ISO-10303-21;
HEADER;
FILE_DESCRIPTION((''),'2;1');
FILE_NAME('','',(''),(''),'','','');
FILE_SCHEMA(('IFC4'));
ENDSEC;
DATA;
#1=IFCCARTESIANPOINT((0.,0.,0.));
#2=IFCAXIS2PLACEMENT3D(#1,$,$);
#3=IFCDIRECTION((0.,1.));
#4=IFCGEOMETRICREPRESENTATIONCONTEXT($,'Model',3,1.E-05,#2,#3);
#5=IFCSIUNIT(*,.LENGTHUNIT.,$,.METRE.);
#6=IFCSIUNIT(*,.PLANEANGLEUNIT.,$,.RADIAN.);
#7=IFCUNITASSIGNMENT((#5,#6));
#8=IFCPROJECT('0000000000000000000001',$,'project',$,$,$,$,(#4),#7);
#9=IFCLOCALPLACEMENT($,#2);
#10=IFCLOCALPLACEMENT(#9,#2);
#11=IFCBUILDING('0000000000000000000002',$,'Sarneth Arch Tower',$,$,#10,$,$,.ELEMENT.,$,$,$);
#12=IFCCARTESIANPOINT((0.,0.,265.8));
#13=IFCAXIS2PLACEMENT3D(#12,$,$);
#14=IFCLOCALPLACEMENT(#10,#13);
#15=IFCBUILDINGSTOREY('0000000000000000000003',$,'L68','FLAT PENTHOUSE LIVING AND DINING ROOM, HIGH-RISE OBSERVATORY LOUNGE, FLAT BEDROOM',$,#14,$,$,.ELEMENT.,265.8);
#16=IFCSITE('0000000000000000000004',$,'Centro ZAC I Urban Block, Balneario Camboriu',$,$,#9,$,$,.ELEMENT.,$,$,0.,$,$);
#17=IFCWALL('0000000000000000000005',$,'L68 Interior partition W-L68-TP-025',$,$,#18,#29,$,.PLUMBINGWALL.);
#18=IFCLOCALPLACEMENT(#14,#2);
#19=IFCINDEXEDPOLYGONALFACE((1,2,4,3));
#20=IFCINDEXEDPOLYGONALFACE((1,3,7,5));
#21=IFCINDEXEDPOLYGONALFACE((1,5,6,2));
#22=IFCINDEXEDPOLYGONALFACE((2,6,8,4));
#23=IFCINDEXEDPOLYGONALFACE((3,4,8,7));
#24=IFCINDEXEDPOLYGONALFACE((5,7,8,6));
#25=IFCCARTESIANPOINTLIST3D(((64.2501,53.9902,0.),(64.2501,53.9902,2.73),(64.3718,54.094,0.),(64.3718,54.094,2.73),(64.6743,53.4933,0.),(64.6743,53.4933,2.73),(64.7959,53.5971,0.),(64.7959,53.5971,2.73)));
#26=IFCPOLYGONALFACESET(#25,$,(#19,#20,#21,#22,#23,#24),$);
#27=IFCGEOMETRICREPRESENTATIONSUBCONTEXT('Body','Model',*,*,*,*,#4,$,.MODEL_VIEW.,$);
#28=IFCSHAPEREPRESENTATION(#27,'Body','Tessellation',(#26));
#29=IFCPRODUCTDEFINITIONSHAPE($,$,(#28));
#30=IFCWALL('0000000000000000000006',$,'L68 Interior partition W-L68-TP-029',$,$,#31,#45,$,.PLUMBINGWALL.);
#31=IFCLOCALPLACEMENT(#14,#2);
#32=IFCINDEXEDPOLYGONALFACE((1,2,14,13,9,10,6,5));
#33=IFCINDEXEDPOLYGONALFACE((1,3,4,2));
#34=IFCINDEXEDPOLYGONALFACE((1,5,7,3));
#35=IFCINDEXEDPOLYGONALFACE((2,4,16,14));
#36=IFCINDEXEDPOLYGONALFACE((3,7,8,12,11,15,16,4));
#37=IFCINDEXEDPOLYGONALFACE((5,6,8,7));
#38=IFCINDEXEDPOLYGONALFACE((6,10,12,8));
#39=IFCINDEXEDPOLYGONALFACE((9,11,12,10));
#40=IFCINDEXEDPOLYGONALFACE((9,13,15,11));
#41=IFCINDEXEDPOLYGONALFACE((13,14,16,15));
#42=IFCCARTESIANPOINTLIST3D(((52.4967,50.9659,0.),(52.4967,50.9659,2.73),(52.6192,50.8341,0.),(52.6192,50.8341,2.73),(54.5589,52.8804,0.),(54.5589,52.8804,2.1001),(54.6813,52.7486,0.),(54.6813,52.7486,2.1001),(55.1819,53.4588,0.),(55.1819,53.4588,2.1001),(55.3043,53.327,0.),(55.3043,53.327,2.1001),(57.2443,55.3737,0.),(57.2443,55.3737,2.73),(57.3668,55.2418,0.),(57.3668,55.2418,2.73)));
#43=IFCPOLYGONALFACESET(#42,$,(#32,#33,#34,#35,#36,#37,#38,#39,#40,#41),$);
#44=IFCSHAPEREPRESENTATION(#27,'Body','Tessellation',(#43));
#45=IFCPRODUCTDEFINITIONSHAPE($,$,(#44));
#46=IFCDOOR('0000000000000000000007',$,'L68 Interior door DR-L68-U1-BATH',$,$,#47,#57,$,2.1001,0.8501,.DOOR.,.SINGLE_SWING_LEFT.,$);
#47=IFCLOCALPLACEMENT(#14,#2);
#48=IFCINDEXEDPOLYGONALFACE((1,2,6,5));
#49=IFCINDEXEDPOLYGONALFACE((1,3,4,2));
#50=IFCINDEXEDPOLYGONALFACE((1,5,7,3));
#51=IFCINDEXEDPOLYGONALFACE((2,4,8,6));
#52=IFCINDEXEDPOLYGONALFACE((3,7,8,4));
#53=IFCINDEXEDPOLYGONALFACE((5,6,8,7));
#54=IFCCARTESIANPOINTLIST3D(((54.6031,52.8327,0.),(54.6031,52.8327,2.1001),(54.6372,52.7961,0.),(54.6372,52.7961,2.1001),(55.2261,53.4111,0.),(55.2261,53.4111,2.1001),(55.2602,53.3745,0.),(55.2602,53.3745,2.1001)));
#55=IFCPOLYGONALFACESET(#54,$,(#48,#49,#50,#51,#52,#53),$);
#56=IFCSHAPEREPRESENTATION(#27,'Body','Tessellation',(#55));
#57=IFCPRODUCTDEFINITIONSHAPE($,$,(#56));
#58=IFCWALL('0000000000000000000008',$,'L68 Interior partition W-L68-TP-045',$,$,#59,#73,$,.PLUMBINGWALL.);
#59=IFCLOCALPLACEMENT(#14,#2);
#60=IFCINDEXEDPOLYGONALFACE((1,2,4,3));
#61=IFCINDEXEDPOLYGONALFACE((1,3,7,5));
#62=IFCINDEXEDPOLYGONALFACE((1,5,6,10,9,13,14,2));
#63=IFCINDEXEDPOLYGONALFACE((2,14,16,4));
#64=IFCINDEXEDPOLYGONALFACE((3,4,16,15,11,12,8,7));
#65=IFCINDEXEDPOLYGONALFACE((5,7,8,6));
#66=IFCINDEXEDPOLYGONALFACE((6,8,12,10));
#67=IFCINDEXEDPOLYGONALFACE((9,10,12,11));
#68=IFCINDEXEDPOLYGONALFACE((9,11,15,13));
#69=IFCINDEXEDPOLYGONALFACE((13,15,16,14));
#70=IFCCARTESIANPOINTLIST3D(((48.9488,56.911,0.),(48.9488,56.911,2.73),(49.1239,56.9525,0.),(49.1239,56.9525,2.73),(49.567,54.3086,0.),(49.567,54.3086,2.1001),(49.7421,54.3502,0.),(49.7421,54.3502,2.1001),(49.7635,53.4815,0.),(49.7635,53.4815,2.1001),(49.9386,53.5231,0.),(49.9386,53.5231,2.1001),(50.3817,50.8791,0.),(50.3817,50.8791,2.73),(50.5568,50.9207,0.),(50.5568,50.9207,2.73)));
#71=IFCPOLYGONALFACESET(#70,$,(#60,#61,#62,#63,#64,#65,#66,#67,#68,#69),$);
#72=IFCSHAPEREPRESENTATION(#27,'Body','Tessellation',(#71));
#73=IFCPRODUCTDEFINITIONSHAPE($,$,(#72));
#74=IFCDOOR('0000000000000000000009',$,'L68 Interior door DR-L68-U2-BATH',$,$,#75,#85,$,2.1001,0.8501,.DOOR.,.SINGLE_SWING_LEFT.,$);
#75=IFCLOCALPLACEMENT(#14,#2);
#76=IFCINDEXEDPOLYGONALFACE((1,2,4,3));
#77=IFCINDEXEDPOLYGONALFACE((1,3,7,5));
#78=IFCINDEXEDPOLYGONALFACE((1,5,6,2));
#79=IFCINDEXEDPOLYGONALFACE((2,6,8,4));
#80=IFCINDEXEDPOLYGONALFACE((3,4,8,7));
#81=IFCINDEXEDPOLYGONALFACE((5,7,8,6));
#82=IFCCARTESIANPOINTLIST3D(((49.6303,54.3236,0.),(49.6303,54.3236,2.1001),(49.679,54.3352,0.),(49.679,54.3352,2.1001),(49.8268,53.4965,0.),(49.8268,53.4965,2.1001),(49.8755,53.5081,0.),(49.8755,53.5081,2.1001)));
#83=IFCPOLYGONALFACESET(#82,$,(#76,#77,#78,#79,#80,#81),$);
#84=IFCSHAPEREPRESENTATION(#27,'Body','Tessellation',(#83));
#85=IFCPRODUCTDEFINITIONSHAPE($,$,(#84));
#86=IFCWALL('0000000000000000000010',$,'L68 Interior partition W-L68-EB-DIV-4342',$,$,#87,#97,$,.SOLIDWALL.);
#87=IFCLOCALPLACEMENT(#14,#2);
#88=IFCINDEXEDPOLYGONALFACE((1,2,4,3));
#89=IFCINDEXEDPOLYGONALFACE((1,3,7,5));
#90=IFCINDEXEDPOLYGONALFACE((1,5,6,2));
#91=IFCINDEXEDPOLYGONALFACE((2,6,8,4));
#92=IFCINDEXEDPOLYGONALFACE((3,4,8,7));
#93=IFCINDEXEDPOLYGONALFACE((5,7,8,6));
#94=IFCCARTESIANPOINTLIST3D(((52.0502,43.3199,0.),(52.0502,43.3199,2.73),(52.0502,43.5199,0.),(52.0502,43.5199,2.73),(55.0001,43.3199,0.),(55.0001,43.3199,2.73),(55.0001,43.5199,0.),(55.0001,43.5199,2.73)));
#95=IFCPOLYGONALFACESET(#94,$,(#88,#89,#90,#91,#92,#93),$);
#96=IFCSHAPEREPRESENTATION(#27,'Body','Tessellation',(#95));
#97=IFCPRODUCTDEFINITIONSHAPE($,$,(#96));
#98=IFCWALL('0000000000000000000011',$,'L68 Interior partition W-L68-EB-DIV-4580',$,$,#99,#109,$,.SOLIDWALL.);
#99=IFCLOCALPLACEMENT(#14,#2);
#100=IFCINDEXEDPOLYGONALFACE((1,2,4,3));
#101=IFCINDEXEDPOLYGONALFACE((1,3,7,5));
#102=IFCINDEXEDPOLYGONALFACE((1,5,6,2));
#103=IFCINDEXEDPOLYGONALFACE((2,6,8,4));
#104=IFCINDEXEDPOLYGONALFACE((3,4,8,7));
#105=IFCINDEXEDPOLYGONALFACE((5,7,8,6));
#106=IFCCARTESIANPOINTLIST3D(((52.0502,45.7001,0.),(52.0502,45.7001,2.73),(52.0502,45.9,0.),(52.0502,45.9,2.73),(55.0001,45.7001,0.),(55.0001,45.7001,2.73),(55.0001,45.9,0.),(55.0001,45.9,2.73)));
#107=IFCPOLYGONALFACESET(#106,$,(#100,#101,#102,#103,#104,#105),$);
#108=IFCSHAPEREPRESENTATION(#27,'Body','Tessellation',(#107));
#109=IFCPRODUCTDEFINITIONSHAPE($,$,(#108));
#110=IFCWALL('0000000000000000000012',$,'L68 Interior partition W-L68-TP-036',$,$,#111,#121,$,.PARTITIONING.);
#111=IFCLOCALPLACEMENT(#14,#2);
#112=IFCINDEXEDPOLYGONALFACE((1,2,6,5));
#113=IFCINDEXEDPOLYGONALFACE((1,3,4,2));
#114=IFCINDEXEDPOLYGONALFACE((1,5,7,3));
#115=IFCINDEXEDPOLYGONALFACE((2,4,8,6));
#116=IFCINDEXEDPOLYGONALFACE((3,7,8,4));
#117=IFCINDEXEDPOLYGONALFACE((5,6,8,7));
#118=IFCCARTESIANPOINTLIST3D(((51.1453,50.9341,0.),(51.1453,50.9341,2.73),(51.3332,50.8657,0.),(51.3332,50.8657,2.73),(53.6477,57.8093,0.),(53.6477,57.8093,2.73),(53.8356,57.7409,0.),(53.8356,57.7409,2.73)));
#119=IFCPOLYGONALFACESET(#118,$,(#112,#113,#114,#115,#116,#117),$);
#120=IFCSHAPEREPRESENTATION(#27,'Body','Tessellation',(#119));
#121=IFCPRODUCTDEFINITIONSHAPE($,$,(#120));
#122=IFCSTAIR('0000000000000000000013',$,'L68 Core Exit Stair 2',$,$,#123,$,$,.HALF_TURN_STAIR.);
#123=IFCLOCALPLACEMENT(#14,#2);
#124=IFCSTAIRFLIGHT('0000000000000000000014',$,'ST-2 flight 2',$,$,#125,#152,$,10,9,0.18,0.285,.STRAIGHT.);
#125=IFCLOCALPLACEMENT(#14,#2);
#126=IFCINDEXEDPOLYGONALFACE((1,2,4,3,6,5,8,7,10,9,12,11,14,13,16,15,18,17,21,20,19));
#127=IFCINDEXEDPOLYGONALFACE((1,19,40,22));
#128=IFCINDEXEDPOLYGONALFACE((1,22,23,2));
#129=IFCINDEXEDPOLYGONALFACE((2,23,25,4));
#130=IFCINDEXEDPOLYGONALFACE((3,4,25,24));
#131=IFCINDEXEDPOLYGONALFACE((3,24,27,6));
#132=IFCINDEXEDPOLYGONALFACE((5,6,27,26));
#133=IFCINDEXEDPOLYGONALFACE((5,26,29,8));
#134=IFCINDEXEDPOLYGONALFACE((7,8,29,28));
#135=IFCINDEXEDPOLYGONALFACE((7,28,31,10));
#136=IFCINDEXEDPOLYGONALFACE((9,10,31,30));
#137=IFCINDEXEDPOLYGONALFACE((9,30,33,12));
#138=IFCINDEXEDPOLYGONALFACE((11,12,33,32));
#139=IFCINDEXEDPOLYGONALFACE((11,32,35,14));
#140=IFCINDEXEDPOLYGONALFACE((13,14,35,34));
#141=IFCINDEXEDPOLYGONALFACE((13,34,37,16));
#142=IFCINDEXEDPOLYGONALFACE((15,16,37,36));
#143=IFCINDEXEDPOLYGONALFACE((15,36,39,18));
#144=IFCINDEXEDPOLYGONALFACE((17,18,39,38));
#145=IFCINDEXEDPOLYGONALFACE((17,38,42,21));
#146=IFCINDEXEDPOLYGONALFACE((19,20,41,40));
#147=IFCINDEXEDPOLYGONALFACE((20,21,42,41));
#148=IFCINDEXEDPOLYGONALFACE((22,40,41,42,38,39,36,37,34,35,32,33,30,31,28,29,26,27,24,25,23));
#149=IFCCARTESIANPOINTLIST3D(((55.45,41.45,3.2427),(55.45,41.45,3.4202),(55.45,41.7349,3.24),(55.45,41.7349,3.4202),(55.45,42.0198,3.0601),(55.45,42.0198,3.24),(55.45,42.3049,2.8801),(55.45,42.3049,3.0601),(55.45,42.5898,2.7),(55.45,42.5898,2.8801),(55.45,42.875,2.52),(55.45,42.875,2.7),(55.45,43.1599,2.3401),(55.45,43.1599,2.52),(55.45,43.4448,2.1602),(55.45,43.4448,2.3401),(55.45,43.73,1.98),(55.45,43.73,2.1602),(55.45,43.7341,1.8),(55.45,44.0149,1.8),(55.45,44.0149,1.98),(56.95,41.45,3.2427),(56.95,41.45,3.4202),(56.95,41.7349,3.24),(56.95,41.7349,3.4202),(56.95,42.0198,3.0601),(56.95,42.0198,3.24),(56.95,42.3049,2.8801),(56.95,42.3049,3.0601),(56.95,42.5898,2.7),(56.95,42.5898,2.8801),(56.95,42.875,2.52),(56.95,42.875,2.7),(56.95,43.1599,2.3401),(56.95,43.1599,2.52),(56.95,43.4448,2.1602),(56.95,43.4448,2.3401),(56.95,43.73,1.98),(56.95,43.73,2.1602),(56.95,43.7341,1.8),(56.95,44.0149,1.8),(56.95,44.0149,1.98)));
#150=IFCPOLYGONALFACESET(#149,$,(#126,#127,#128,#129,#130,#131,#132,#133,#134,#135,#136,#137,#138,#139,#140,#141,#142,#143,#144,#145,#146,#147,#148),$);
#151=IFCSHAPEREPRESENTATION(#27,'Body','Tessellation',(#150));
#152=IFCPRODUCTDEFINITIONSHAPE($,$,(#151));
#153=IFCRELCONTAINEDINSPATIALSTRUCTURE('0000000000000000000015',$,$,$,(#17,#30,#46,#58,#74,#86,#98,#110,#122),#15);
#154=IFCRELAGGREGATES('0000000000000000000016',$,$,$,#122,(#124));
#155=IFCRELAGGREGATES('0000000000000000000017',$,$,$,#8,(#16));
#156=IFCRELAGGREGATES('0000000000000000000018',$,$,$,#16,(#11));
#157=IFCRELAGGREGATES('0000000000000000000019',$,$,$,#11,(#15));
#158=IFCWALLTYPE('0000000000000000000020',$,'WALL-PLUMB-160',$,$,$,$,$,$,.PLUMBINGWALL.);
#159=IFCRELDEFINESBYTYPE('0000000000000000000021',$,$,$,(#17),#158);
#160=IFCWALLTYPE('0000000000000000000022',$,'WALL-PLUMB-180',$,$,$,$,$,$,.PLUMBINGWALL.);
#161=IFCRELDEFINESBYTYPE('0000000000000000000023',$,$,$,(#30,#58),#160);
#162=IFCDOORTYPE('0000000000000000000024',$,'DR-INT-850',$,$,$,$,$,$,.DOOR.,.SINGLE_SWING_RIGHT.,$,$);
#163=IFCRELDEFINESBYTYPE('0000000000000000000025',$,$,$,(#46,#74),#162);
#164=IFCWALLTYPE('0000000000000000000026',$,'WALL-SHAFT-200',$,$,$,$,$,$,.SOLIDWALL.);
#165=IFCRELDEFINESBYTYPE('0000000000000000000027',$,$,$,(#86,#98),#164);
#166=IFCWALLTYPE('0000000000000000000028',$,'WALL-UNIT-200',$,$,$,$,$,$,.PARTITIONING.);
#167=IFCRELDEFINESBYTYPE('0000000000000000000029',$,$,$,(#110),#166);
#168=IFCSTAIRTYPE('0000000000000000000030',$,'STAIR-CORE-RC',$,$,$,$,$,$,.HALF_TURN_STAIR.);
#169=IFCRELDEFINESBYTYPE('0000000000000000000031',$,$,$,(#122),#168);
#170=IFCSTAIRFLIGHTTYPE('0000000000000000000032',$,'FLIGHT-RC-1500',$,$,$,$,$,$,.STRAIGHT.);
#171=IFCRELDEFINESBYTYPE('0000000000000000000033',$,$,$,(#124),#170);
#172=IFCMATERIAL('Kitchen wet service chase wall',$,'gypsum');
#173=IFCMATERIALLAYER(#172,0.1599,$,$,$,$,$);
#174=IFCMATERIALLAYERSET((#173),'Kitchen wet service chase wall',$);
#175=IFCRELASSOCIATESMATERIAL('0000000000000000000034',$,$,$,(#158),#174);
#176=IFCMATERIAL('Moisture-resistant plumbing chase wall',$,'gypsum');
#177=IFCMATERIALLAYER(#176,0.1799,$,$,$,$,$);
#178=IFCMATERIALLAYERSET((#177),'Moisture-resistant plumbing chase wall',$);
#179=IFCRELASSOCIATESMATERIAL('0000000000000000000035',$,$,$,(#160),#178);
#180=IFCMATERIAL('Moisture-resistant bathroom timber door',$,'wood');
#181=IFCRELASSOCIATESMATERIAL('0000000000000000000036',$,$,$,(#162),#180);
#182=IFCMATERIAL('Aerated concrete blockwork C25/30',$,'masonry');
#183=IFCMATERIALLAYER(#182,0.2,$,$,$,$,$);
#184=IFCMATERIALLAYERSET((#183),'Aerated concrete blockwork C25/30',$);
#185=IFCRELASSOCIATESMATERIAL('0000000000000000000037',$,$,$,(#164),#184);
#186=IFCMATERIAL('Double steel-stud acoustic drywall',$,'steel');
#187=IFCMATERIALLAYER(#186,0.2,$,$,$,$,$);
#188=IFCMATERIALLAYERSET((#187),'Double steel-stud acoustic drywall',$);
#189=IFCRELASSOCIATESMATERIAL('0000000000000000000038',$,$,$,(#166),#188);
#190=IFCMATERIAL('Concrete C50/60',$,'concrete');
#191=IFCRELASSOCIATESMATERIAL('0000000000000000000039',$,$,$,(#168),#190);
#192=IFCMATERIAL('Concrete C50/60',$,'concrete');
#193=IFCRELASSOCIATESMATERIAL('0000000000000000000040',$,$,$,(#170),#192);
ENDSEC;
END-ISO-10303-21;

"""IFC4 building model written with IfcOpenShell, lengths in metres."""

from ifc_helpers import new_model, si_unit, direction, frame, frame_2d, origin, place, context, subcontext, project, spatial, polyline, rectangle, outline, extrude, material, layer, layer_set, type_object, element, fill, aggregate, save


model = new_model("IFC4")

# Units and contexts
model_context = context("Model", 3, precision=1e-05, world=origin(), true_north=direction((0.0, 1.0)))
body_context = subcontext(model_context, "Body", "Model", "MODEL_VIEW")
ifc_project = project(units=[si_unit("LENGTHUNIT", "METRE"), si_unit("PLANEANGLEUNIT", "RADIAN")], contexts=[model_context])

# Site, building, storey
site_placement = place(None, origin())
site = spatial("IfcSite", under=ifc_project, at=site_placement, Name="Centro ZAC I Urban Block, Balneario Camboriu", CompositionType="ELEMENT", RefElevation=0.0)
building_placement = place(site_placement, origin())
building = spatial("IfcBuilding", under=site, at=building_placement, Name="Sarneth Arch Tower", CompositionType="ELEMENT")
storey_placement = place(building_placement, frame((0.0, 0.0, 265.8)))
storey = spatial("IfcBuildingStorey", under=building, at=storey_placement, Name="L68", Description="FLAT PENTHOUSE LIVING AND DINING ROOM, HIGH-RISE OBSERVATORY LOUNGE, FLAT BEDROOM", CompositionType="ELEMENT", Elevation=265.8)

# Wall
ifc_material_1 = material(Name="Kitchen wet service chase wall", Category="gypsum")
ifc_layer_1 = layer(ifc_material_1, 0.1599)
ifc_layer_set_1 = layer_set([ifc_layer_1], Name="Kitchen wet service chase wall")
wall_type_1 = type_object("IfcWallType", Name="WALL-PLUMB-160", PredefinedType="PLUMBINGWALL", material=ifc_layer_set_1)
wall_1_placement = place(storey_placement, frame((64.7351, 53.5452, 0.0), z_axis=(0.0, 0.0, 1.0), x_axis=(-0.64922, 0.760601, 0.0)))
element("IfcWall", 1, at=wall_1_placement, inside=storey, type_object=wall_type_1, Name="L68 Interior partition W-L68-TP-025", PredefinedType="PLUMBINGWALL", context=body_context, shape_type="SweptSolid", body=[
    extrude(rectangle(XDim=0.6533, YDim=0.1599, at=frame_2d((0.3267, 0.0))), origin(), (0.0, 0.0, 1.0), 2.73),
])

# Walls, openings, doors
ifc_material_2 = material(Name="Moisture-resistant plumbing chase wall", Category="gypsum")
ifc_layer_2 = layer(ifc_material_2, 0.1799)
ifc_layer_set_2 = layer_set([ifc_layer_2], Name="Moisture-resistant plumbing chase wall")
wall_type_2 = type_object("IfcWallType", Name="WALL-PLUMB-180", PredefinedType="PLUMBINGWALL", material=ifc_layer_set_2)
wall_2_placement = place(storey_placement, frame((52.5579, 50.8999, 0.0), z_axis=(0.0, 0.0, 1.0), x_axis=(0.73285, 0.68039, 0.0)))
wall_2 = element("IfcWall", 2, at=wall_2_placement, inside=storey, type_object=wall_type_2, Name="L68 Interior partition W-L68-TP-029", PredefinedType="PLUMBINGWALL", context=body_context, shape_type="SweptSolid", body=[
    extrude(rectangle(XDim=6.4783, YDim=0.1799, at=frame_2d((3.2393, 0.0))), origin(), (0.0, 0.0, 1.0), 2.73),
])
opening_1_placement = place(wall_2_placement, frame((2.814, 0.0, 0.0)))
opening_1 = element("IfcOpeningElement", 3, at=opening_1_placement, cuts=wall_2, PredefinedType="OPENING", context=body_context, shape_type="SweptSolid", body=[
    extrude(rectangle(XDim=0.8501, YDim=2.1001, at=frame_2d((0.425, 1.05))), frame((0.0, 0.0999, 0.0), z_axis=(0.0, -1.0, 0.0), x_axis=(1.0, 0.0, 0.0)), (0.0, 0.0, 1.0), 0.2),
])
ifc_material_3 = material(Name="Moisture-resistant bathroom timber door", Category="wood")
door_type_1 = type_object("IfcDoorType", Name="DR-INT-850", OperationType="SINGLE_SWING_RIGHT", PredefinedType="DOOR", material=ifc_material_3)
door_1_placement = place(opening_1_placement, origin())
door_1 = element("IfcDoor", 4, at=door_1_placement, inside=storey, type_object=door_type_1, Name="L68 Interior door DR-L68-U1-BATH", OperationType="SINGLE_SWING_LEFT", OverallHeight=2.1001, OverallWidth=0.8501, PredefinedType="DOOR", context=body_context, shape_type="SweptSolid", body=[
    extrude(rectangle(XDim=0.8501, YDim=2.1001, at=frame_2d((0.425, 1.05))), frame((0.0, 0.0249, 0.0), z_axis=(0.0, -1.0, 0.0), x_axis=(1.0, 0.0, 0.0)), (0.0, 0.0, 1.0), 0.05),
])
fill(opening_1, door_1)
wall_3_placement = place(storey_placement, frame((50.4692, 50.8999, 0.0), z_axis=(0.0, 0.0, 1.0), x_axis=(-0.231122, 0.972925, 0.0)))
wall_3 = element("IfcWall", 5, at=wall_3_placement, inside=storey, type_object=wall_type_2, Name="L68 Interior partition W-L68-TP-045", PredefinedType="PLUMBINGWALL", context=body_context, shape_type="SweptSolid", body=[
    extrude(rectangle(XDim=6.1997, YDim=0.1799, at=frame_2d((3.0999, 0.0))), origin(), (0.0, 0.0, 1.0), 2.73),
])
opening_2_placement = place(wall_3_placement, frame((2.6748, 0.0, 0.0)))
opening_2 = element("IfcOpeningElement", 6, at=opening_2_placement, cuts=wall_3, PredefinedType="OPENING", context=body_context, shape_type="SweptSolid", body=[
    extrude(rectangle(XDim=0.8501, YDim=2.1001, at=frame_2d((0.425, 1.05))), frame((0.0, 0.0999, 0.0), z_axis=(0.0, -1.0, 0.0), x_axis=(1.0, 0.0, 0.0)), (0.0, 0.0, 1.0), 0.2),
])
door_2_placement = place(opening_2_placement, origin())
door_2 = element("IfcDoor", 7, at=door_2_placement, inside=storey, type_object=door_type_1, Name="L68 Interior door DR-L68-U2-BATH", OperationType="SINGLE_SWING_LEFT", OverallHeight=2.1001, OverallWidth=0.8501, PredefinedType="DOOR", context=body_context, shape_type="SweptSolid", body=[
    extrude(rectangle(XDim=0.8501, YDim=2.1001, at=frame_2d((0.425, 1.05))), frame((0.0, 0.0249, 0.0), z_axis=(0.0, -1.0, 0.0), x_axis=(1.0, 0.0, 0.0)), (0.0, 0.0, 1.0), 0.05),
])
fill(opening_2, door_2)

# Walls
ifc_material_4 = material(Name="Aerated concrete blockwork C25/30", Category="masonry")
ifc_layer_3 = layer(ifc_material_4, 0.2)
ifc_layer_set_3 = layer_set([ifc_layer_3], Name="Aerated concrete blockwork C25/30")
wall_type_3 = type_object("IfcWallType", Name="WALL-SHAFT-200", PredefinedType="SOLIDWALL", material=ifc_layer_set_3)
for number, where, z_axis, x_axis, name in (
    (8, (52.05, 43.4199, 0.0), (0.0, 0.0, 1.0), (1.0, 0.0, 0.0), "L68 Interior partition W-L68-EB-DIV-4342"),
    (9, (52.05, 45.8, 0.0), (0.0, 0.0, 1.0), (1.0, 0.0, 0.0), "L68 Interior partition W-L68-EB-DIV-4580"),
):
    element("IfcWall", number, at=place(storey_placement, frame(where, z_axis=z_axis, x_axis=x_axis)), inside=storey, type_object=wall_type_3, Name=name, PredefinedType="SOLIDWALL", context=body_context, shape_type="SweptSolid", body=[
        extrude(rectangle(XDim=2.95, YDim=0.2, at=frame_2d((1.4751, 0.0))), origin(), (0.0, 0.0, 1.0), 2.73),
    ])
ifc_material_5 = material(Name="Double steel-stud acoustic drywall", Category="steel")
ifc_layer_4 = layer(ifc_material_5, 0.2)
ifc_layer_set_4 = layer_set([ifc_layer_4], Name="Double steel-stud acoustic drywall")
wall_type_4 = type_object("IfcWallType", Name="WALL-UNIT-200", PredefinedType="PARTITIONING", material=ifc_layer_set_4)
wall_4_placement = place(storey_placement, frame((51.2393, 50.8999, 0.0), z_axis=(0.0, 0.0, 1.0), x_axis=(0.342027, 0.93969, 0.0)))
element("IfcWall", 10, at=wall_4_placement, inside=storey, type_object=wall_type_4, Name="L68 Interior partition W-L68-TP-036", PredefinedType="PARTITIONING", context=body_context, shape_type="SweptSolid", body=[
    extrude(rectangle(XDim=7.3164, YDim=0.2, at=frame_2d((3.6582, 0.0))), origin(), (0.0, 0.0, 1.0), 2.73),
])

# Stair, stair flight
ifc_material_6 = material(Name="Concrete C50/60", Category="concrete")
stair_type = type_object("IfcStairType", Name="STAIR-CORE-RC", PredefinedType="HALF_TURN_STAIR", material=ifc_material_6)
stair_placement = place(storey_placement, origin())
stair = element("IfcStair", 11, at=stair_placement, inside=storey, type_object=stair_type, Name="L68 Core Exit Stair 2", PredefinedType="HALF_TURN_STAIR")
ifc_material_7 = material(Name="Concrete C50/60", Category="concrete")
stair_flight_type = type_object("IfcStairFlightType", Name="FLIGHT-RC-1500", PredefinedType="STRAIGHT", material=ifc_material_7)
stair_flight_placement = place(storey_placement, frame((56.2, 44.0149, 1.8), z_axis=(0.0, 0.0, 1.0), x_axis=(0.0, -1.0, 0.0)))
stair_flight = element("IfcStairFlight", 12, at=stair_flight_placement, type_object=stair_flight_type, Name="ST-2 flight 2", NumberOfRisers=10, NumberOfTreads=9, PredefinedType="STRAIGHT", RiserHeight=0.18, TreadLength=0.285, context=body_context, shape_type="SweptSolid", body=[
    extrude(outline(polyline([(0.0, 0.0), (0.0, 0.1799), (0.2849, 0.1799), (0.2849, 0.3601), (0.5701, 0.3601), (0.5701, 0.54), (0.855, 0.54), (0.855, 0.72), (1.1399, 0.72), (1.1399, 0.8999), (1.425, 0.8999), (1.425, 1.0801), (1.71, 1.0801), (1.71, 1.26), (1.9951, 1.26), (1.9951, 1.4399), (2.28, 1.4399), (2.28, 1.6201), (2.5649, 1.6201), (2.5649, 1.8), (2.5649, 1.4426), (0.2808, 0.0), (0.0, 0.0)])), frame((0.0, 0.75, 0.0), z_axis=(0.0, -1.0, 0.0), x_axis=(1.0, 0.0, 0.0)), (0.0, 0.0, 1.0), 1.5),
])
aggregate(stair, [stair_flight])

save(model, "model.ifc")
